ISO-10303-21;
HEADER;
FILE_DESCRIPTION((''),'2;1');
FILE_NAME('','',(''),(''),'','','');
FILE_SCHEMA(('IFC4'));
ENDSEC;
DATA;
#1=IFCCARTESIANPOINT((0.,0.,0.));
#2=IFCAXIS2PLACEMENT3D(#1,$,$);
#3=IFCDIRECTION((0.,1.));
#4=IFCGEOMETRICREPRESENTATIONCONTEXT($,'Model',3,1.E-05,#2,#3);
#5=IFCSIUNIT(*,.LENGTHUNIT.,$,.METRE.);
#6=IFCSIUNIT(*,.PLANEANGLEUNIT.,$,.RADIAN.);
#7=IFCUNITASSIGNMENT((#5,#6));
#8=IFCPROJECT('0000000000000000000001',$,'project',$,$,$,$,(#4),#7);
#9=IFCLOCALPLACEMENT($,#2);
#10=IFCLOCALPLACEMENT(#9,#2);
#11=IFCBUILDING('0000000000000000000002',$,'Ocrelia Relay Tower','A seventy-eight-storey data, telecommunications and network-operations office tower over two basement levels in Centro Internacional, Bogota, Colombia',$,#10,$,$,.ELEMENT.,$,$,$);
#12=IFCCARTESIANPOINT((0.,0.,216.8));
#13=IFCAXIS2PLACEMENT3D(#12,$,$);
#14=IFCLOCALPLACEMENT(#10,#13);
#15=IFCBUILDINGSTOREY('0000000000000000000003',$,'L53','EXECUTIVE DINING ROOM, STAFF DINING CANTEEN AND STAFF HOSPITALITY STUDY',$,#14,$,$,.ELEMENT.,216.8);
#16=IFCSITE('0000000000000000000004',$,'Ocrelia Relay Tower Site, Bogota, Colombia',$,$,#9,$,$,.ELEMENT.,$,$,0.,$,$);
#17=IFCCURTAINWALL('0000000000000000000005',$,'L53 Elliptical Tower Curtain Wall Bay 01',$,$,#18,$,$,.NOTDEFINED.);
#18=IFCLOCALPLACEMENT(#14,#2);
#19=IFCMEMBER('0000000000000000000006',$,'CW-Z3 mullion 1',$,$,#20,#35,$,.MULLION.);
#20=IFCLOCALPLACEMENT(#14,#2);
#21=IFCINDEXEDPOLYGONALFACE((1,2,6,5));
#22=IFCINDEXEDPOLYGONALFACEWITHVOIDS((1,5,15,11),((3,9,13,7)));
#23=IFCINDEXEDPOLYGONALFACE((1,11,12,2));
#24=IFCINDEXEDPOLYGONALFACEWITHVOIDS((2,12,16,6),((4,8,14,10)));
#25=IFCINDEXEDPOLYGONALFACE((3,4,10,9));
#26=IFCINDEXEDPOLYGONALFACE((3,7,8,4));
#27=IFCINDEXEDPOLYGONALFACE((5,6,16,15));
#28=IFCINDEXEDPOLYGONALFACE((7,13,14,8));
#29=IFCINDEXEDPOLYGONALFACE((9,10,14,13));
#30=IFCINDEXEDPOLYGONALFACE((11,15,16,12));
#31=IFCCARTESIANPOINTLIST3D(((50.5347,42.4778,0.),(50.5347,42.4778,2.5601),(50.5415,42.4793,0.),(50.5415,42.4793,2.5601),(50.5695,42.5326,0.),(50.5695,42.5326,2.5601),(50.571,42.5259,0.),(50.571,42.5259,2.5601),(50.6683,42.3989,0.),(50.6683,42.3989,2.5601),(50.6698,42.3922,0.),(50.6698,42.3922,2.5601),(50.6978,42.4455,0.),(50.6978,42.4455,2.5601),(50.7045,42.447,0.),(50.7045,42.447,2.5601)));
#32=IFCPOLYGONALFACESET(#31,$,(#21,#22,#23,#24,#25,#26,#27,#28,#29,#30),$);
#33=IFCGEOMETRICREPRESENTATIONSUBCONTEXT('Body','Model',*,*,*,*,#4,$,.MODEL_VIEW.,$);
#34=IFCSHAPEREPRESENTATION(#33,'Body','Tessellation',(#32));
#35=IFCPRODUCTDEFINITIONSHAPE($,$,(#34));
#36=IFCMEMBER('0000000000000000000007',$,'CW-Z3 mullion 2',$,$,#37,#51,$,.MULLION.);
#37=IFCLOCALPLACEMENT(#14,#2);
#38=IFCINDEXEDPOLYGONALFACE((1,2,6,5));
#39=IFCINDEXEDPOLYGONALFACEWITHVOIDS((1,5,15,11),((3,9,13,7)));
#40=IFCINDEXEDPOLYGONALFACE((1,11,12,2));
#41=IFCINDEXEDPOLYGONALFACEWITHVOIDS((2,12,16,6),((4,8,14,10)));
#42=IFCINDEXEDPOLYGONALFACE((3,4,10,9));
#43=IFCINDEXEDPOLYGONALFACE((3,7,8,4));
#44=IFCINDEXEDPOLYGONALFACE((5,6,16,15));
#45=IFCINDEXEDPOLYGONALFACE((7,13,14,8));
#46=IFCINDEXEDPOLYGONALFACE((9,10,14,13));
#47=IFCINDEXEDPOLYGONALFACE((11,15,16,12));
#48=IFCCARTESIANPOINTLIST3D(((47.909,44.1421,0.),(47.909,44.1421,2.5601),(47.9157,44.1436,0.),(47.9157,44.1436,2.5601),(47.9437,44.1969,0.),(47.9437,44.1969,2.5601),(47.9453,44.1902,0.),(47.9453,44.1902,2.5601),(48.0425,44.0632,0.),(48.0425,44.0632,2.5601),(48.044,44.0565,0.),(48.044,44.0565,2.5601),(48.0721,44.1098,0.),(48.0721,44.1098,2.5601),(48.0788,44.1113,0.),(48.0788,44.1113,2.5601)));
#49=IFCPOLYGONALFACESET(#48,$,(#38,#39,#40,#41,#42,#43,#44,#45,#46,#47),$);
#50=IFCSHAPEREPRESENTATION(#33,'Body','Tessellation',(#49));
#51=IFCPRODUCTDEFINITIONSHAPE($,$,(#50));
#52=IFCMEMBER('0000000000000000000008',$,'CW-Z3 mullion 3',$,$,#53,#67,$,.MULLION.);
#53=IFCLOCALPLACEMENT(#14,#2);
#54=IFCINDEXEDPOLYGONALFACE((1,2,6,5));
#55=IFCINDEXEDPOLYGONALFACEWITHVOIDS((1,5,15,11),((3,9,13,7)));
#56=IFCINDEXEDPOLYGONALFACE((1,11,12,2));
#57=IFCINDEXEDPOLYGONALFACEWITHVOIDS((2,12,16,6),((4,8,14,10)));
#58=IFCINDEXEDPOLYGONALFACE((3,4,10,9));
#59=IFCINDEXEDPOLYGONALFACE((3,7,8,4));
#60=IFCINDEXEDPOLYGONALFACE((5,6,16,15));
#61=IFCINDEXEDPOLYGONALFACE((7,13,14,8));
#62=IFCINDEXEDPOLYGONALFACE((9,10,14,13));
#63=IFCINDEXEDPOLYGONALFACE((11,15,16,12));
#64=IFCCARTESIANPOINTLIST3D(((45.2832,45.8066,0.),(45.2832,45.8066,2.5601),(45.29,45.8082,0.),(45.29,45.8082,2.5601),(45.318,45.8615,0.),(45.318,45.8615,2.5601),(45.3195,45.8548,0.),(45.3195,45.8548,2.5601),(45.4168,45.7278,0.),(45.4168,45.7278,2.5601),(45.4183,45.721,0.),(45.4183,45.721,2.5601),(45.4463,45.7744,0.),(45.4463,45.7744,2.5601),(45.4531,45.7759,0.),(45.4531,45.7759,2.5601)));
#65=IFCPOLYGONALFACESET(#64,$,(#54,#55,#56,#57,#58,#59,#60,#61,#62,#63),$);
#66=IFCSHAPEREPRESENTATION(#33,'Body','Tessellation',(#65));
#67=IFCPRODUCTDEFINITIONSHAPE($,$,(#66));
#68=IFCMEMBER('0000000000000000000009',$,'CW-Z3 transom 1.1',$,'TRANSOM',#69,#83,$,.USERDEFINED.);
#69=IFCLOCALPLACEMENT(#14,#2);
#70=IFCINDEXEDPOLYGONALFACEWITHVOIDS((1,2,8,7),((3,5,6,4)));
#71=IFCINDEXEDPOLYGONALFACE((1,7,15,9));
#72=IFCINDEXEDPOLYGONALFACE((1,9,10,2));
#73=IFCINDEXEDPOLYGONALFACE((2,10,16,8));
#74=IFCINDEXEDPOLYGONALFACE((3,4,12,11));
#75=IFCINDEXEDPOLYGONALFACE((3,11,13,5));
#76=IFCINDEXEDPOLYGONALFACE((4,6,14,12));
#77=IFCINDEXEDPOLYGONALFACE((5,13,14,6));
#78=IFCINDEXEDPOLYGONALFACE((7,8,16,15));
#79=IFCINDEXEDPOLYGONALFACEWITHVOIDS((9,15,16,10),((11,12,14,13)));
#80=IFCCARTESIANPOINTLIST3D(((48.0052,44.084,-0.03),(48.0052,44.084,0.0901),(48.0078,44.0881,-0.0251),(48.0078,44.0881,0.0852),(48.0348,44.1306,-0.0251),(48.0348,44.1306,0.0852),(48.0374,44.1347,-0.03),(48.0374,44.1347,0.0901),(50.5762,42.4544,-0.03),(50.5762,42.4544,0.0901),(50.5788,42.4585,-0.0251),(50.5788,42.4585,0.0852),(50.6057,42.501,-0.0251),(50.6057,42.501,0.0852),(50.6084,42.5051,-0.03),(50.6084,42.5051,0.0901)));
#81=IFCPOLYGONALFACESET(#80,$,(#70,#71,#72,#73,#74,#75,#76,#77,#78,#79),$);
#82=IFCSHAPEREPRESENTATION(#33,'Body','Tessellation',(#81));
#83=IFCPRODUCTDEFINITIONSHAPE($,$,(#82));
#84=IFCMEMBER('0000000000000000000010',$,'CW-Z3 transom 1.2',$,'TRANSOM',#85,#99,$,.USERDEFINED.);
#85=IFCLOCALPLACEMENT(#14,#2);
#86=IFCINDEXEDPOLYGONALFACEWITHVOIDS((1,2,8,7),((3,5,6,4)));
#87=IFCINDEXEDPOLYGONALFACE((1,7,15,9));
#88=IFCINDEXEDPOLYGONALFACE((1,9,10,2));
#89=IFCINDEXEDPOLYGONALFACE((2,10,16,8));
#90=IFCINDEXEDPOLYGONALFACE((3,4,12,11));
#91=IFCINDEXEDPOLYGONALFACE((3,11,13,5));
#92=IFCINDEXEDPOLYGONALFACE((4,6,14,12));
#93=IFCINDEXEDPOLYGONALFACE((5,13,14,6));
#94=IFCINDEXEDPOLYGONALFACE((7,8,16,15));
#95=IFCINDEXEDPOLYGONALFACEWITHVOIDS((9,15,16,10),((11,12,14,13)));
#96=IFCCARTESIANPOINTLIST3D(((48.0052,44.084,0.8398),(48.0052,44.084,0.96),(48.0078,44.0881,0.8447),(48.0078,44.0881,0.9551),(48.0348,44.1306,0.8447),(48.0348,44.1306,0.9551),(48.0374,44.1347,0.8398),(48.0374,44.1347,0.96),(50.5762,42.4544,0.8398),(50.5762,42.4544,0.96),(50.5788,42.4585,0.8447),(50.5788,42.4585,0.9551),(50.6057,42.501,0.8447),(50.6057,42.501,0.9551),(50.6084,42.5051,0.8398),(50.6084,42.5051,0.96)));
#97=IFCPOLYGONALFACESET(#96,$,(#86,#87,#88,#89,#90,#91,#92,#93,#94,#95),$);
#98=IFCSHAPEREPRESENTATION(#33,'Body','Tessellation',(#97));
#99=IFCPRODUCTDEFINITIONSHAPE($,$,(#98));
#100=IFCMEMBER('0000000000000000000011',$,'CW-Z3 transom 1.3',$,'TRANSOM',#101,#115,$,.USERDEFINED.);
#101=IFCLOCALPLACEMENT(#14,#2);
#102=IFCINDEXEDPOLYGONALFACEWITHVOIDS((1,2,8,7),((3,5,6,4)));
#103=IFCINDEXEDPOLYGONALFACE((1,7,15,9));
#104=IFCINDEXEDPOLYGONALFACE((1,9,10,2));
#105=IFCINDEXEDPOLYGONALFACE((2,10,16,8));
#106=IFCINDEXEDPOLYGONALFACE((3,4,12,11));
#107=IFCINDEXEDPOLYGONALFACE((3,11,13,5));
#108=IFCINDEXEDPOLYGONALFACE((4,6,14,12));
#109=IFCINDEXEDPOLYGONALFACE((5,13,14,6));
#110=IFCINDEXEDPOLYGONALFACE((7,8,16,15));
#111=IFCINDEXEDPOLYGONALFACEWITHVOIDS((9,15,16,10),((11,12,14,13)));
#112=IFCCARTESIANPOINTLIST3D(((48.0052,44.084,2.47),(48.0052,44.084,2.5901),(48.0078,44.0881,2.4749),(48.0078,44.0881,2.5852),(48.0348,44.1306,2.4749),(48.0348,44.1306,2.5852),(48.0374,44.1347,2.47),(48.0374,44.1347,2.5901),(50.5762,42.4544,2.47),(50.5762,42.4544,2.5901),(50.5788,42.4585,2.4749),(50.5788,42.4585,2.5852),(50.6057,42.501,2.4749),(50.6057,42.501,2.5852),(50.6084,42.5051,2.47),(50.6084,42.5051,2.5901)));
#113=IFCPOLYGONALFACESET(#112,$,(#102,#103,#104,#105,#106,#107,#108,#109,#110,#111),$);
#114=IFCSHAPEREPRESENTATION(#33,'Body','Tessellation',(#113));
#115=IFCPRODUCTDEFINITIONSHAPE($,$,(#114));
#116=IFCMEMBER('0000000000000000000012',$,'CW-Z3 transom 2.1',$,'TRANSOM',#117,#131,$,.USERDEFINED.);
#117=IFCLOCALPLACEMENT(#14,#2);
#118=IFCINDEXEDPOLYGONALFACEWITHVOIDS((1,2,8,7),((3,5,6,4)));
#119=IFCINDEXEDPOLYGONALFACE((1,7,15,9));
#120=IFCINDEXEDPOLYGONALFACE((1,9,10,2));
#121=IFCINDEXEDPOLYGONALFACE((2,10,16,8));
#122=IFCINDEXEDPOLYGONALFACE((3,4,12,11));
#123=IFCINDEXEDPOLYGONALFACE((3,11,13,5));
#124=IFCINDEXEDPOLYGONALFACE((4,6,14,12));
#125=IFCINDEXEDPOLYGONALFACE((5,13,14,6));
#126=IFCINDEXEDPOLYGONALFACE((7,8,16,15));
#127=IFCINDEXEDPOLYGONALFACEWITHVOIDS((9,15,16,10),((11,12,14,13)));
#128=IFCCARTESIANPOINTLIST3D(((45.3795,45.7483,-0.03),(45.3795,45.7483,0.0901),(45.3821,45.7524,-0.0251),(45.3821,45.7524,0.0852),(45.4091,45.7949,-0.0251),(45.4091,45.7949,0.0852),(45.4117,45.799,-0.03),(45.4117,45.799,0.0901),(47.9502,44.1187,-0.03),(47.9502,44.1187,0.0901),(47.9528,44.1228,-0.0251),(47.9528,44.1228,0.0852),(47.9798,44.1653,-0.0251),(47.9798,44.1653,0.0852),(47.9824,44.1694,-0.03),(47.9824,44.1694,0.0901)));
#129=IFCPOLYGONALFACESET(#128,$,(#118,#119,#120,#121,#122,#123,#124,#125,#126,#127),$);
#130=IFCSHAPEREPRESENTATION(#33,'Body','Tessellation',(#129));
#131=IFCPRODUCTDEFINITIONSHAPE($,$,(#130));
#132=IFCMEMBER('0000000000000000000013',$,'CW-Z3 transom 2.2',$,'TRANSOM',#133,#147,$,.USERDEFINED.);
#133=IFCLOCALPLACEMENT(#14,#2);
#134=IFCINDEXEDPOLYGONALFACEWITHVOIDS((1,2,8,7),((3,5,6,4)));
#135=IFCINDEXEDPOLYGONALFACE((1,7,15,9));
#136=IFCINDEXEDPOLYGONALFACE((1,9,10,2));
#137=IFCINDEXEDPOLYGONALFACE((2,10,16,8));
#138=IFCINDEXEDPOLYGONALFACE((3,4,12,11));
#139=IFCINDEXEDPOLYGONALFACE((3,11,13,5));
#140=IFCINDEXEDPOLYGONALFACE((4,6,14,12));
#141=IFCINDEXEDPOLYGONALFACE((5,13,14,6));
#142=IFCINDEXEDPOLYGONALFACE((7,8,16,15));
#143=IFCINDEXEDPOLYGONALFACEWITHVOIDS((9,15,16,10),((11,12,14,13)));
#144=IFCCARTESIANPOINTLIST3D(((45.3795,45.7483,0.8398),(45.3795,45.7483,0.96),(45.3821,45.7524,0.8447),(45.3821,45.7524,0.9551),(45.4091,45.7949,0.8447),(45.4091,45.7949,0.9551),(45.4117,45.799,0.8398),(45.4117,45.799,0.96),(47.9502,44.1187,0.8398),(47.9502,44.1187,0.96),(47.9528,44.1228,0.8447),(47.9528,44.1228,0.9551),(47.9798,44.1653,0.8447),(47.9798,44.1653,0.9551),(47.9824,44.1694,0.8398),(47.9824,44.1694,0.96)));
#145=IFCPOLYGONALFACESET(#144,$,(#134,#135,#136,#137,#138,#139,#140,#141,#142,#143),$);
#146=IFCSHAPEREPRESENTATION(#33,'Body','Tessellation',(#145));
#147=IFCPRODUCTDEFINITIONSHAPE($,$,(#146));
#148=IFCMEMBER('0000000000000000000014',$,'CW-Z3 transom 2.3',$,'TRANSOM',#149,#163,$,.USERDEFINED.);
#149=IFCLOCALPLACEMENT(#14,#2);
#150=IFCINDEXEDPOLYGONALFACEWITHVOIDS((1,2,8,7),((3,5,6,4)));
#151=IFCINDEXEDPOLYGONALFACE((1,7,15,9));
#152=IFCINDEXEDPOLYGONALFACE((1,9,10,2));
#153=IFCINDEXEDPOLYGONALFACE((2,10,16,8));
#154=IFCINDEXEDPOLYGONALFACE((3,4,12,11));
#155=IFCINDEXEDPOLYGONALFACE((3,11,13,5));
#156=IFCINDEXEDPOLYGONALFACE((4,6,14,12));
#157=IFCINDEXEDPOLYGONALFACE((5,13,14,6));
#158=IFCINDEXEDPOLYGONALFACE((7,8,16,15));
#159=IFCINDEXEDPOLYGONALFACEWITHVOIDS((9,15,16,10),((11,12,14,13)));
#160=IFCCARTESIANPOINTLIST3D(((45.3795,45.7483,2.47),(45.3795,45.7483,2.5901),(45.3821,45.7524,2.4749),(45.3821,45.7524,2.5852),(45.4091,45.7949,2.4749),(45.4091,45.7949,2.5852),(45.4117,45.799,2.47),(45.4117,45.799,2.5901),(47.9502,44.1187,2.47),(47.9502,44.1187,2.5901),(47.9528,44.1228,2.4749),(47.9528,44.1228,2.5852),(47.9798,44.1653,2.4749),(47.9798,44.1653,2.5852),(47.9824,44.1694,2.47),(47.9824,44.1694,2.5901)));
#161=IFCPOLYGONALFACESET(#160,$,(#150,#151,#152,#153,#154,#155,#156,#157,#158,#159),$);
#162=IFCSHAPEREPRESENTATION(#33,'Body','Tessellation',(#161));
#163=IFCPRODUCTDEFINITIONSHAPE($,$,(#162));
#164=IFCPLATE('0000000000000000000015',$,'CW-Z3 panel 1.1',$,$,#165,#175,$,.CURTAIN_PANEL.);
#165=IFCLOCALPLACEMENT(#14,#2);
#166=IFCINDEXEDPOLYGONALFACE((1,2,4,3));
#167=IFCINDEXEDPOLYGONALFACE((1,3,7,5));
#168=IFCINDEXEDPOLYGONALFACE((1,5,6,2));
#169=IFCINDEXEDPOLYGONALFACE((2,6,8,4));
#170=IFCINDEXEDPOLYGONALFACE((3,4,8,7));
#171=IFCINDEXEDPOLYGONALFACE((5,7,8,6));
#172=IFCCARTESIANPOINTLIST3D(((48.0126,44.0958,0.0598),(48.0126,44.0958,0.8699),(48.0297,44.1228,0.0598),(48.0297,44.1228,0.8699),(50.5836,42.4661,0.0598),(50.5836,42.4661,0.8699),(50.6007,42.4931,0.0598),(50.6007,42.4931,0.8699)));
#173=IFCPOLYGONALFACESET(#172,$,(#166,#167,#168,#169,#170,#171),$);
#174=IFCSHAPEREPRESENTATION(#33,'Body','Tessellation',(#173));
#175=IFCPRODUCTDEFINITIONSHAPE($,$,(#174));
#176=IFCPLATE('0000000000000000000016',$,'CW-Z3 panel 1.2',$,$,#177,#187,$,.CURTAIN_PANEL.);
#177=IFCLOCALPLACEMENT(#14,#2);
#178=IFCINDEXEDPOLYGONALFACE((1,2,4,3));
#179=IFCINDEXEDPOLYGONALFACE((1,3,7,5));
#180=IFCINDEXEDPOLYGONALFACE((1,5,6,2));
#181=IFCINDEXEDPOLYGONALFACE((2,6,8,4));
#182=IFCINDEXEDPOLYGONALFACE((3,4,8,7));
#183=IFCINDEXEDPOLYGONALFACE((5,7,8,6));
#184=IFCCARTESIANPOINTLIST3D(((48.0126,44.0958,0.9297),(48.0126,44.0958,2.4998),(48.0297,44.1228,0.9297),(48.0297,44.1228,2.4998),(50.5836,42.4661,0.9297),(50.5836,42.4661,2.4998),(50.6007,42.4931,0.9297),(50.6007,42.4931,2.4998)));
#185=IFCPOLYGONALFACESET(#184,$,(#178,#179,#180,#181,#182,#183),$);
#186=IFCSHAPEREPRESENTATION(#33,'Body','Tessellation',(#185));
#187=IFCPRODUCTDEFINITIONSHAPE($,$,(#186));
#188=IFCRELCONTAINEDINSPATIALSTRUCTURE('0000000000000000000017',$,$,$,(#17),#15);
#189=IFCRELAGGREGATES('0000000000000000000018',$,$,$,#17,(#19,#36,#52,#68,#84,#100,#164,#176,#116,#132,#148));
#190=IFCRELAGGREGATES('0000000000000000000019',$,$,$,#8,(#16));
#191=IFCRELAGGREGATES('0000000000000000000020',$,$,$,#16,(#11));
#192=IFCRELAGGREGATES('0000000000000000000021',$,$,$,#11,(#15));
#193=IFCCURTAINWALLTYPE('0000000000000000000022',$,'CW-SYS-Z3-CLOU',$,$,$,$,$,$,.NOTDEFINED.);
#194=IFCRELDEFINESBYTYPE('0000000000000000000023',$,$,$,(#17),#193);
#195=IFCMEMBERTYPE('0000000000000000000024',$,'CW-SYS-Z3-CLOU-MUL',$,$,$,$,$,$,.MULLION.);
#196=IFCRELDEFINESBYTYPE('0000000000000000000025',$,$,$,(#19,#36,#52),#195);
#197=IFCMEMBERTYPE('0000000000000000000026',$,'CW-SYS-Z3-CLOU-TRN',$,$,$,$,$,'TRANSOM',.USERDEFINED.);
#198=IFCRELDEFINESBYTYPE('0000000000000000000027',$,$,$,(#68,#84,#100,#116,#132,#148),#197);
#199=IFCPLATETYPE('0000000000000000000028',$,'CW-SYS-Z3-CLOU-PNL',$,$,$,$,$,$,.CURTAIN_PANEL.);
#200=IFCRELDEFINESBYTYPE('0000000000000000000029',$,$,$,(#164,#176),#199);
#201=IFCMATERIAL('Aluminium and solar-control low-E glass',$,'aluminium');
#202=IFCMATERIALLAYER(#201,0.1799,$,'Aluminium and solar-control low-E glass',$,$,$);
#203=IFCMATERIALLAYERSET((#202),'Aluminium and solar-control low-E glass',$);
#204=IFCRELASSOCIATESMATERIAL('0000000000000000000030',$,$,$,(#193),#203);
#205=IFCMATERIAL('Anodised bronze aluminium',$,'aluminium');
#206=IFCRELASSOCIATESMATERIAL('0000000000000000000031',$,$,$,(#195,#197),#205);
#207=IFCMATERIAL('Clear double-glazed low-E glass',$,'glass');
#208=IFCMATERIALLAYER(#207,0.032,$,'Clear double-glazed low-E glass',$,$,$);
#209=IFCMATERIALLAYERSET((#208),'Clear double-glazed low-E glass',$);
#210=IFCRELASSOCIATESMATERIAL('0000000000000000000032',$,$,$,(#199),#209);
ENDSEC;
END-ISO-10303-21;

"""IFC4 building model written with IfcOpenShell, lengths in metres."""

from ifc_helpers import new_model, si_unit, direction, frame, origin, origin_2d, place, context, subcontext, project, spatial, rectangle, hollow_rectangle, extrude, material, layer, layer_set, material_profile, profile_set, type_object, element, aggregate, save


model = new_model("IFC4")

# Units and contexts
model_context = context("Model", 3, precision=1e-05, world=origin(), true_north=direction((0.0, 1.0)))
body_context = subcontext(model_context, "Body", "Model", "MODEL_VIEW")
ifc_project = project(units=[si_unit("LENGTHUNIT", "METRE"), si_unit("PLANEANGLEUNIT", "RADIAN")], contexts=[model_context])

# Site, building, storey
site_placement = place(None, origin())
site = spatial("IfcSite", under=ifc_project, at=site_placement, Name="Ocrelia Relay Tower Site, Bogota, Colombia", CompositionType="ELEMENT", RefElevation=0.0)
building_placement = place(site_placement, origin())
building = spatial("IfcBuilding", under=site, at=building_placement, Name="Ocrelia Relay Tower", Description="A seventy-eight-storey data, telecommunications and network-operations office tower over two basement levels in Centro Internacional, Bogota, Colombia", CompositionType="ELEMENT")
storey_placement = place(building_placement, frame((0.0, 0.0, 216.8)))
storey = spatial("IfcBuildingStorey", under=building, at=storey_placement, Name="L53", Description="EXECUTIVE DINING ROOM, STAFF DINING CANTEEN AND STAFF HOSPITALITY STUDY", CompositionType="ELEMENT", Elevation=216.8)

# Curtain wall, members, plates
ifc_material_1 = material(Name="Aluminium and solar-control low-E glass", Category="aluminium")
ifc_layer_1 = layer(ifc_material_1, 0.1799, Name="Aluminium and solar-control low-E glass")
ifc_layer_set_1 = layer_set([ifc_layer_1], Name="Aluminium and solar-control low-E glass")
curtain_wall_type = type_object("IfcCurtainWallType", Name="CW-SYS-Z3-CLOU", PredefinedType="NOTDEFINED", material=ifc_layer_set_1)
curtain_wall_placement = place(storey_placement, origin())
curtain_wall = element("IfcCurtainWall", 1, at=curtain_wall_placement, inside=storey, type_object=curtain_wall_type, Name="L53 Elliptical Tower Curtain Wall Bay 01", PredefinedType="NOTDEFINED")
ifc_material_2 = material(Name="Anodised bronze aluminium", Category="aluminium")
ifc_material_profile_1 = material_profile(ifc_material_2, hollow_rectangle(XDim=0.0649, YDim=0.1599, WallThickness=0.0049, at=origin_2d()), Name="CW-MUL-160x65")
ifc_profile_set_1 = profile_set([ifc_material_profile_1], Name="Anodised bronze aluminium")
member_type_1 = type_object("IfcMemberType", Name="CW-SYS-Z3-CLOU-MUL", PredefinedType="MULLION", material=ifc_profile_set_1)
member_1_placement = place(storey_placement, frame((50.6196, 42.4624, 0.0), z_axis=(0.0, 0.0, 1.0), x_axis=(-0.535383, -0.844609, 0.0)))
member_1 = element("IfcMember", 2, at=member_1_placement, type_object=member_type_1, Name="CW-Z3 mullion 1", PredefinedType="MULLION", context=body_context, shape_type="SweptSolid", body=[
    extrude(hollow_rectangle(XDim=0.0649, YDim=0.1599, WallThickness=0.0049, at=origin_2d()), origin(), (0.0, 0.0, 1.0), 2.5601),
])
member_2_placement = place(storey_placement, frame((47.9939, 44.1267, 0.0), z_axis=(0.0, 0.0, 1.0), x_axis=(-0.535383, -0.844609, 0.0)))
member_2 = element("IfcMember", 3, at=member_2_placement, type_object=member_type_1, Name="CW-Z3 mullion 2", PredefinedType="MULLION", context=body_context, shape_type="SweptSolid", body=[
    extrude(hollow_rectangle(XDim=0.0649, YDim=0.1599, WallThickness=0.0049, at=origin_2d()), origin(), (0.0, 0.0, 1.0), 2.5601),
])
member_3_placement = place(storey_placement, frame((45.3682, 45.7913, 0.0), z_axis=(0.0, 0.0, 1.0), x_axis=(-0.535383, -0.844609, 0.0)))
member_3 = element("IfcMember", 4, at=member_3_placement, type_object=member_type_1, Name="CW-Z3 mullion 3", PredefinedType="MULLION", context=body_context, shape_type="SweptSolid", body=[
    extrude(hollow_rectangle(XDim=0.0649, YDim=0.1599, WallThickness=0.0049, at=origin_2d()), origin(), (0.0, 0.0, 1.0), 2.5601),
])
ifc_material_profile_2 = material_profile(ifc_material_2, hollow_rectangle(XDim=0.0601, YDim=0.1201, WallThickness=0.0049, at=origin_2d()), Name="CW-TRN-120x60")
ifc_profile_set_2 = profile_set([ifc_material_profile_2], Name="Anodised bronze aluminium")
member_type_2 = type_object("IfcMemberType", Name="CW-SYS-Z3-CLOU-TRN", ElementType="TRANSOM", PredefinedType="USERDEFINED", material=ifc_profile_set_2)
member_4_placement = place(storey_placement, frame((50.5923, 42.4797, 0.03), z_axis=(-0.844624, 0.535359, 0.0), x_axis=(-0.535359, -0.844624, 0.0)))
member_4 = element("IfcMember", 5, at=member_4_placement, type_object=member_type_2, Name="CW-Z3 transom 1.1", ObjectType="TRANSOM", PredefinedType="USERDEFINED", context=body_context, shape_type="SweptSolid", body=[
    extrude(hollow_rectangle(XDim=0.0601, YDim=0.1201, WallThickness=0.0049, at=origin_2d()), origin(), (0.0, 0.0, 1.0), 3.0439),
])
member_5_placement = place(storey_placement, frame((50.5923, 42.4797, 0.8999), z_axis=(-0.844624, 0.535359, 0.0), x_axis=(-0.535359, -0.844624, 0.0)))
member_5 = element("IfcMember", 6, at=member_5_placement, type_object=member_type_2, Name="CW-Z3 transom 1.2", ObjectType="TRANSOM", PredefinedType="USERDEFINED", context=body_context, shape_type="SweptSolid", body=[
    extrude(hollow_rectangle(XDim=0.0601, YDim=0.1201, WallThickness=0.0049, at=origin_2d()), origin(), (0.0, 0.0, 1.0), 3.0439),
])
member_6_placement = place(storey_placement, frame((50.5923, 42.4797, 2.53), z_axis=(-0.844624, 0.535359, 0.0), x_axis=(-0.535359, -0.844624, 0.0)))
member_6 = element("IfcMember", 7, at=member_6_placement, type_object=member_type_2, Name="CW-Z3 transom 1.3", ObjectType="TRANSOM", PredefinedType="USERDEFINED", context=body_context, shape_type="SweptSolid", body=[
    extrude(hollow_rectangle(XDim=0.0601, YDim=0.1201, WallThickness=0.0049, at=origin_2d()), origin(), (0.0, 0.0, 1.0), 3.0439),
])
member_7_placement = place(storey_placement, frame((47.9663, 44.144, 0.03), z_axis=(-0.844601, 0.535396, 0.0), x_axis=(-0.535396, -0.844601, 0.0)))
member_7 = element("IfcMember", 8, at=member_7_placement, type_object=member_type_2, Name="CW-Z3 transom 2.1", ObjectType="TRANSOM", PredefinedType="USERDEFINED", context=body_context, shape_type="SweptSolid", body=[
    extrude(hollow_rectangle(XDim=0.0601, YDim=0.1201, WallThickness=0.0049, at=origin_2d()), origin(), (0.0, 0.0, 1.0), 3.0437),
])
member_8_placement = place(storey_placement, frame((47.9663, 44.144, 0.8999), z_axis=(-0.844601, 0.535396, 0.0), x_axis=(-0.535396, -0.844601, 0.0)))
member_8 = element("IfcMember", 9, at=member_8_placement, type_object=member_type_2, Name="CW-Z3 transom 2.2", ObjectType="TRANSOM", PredefinedType="USERDEFINED", context=body_context, shape_type="SweptSolid", body=[
    extrude(hollow_rectangle(XDim=0.0601, YDim=0.1201, WallThickness=0.0049, at=origin_2d()), origin(), (0.0, 0.0, 1.0), 3.0437),
])
member_9_placement = place(storey_placement, frame((47.9663, 44.144, 2.53), z_axis=(-0.844601, 0.535396, 0.0), x_axis=(-0.535396, -0.844601, 0.0)))
member_9 = element("IfcMember", 10, at=member_9_placement, type_object=member_type_2, Name="CW-Z3 transom 2.3", ObjectType="TRANSOM", PredefinedType="USERDEFINED", context=body_context, shape_type="SweptSolid", body=[
    extrude(hollow_rectangle(XDim=0.0601, YDim=0.1201, WallThickness=0.0049, at=origin_2d()), origin(), (0.0, 0.0, 1.0), 3.0437),
])
ifc_material_3 = material(Name="Clear double-glazed low-E glass", Category="glass")
ifc_layer_2 = layer(ifc_material_3, 0.032, Name="Clear double-glazed low-E glass")
ifc_layer_set_2 = layer_set([ifc_layer_2], Name="Clear double-glazed low-E glass")
plate_type = type_object("IfcPlateType", Name="CW-SYS-Z3-CLOU-PNL", PredefinedType="CURTAIN_PANEL", material=ifc_layer_set_2)
plate_1_placement = place(storey_placement, frame((49.3066, 43.2944, 0.0598), z_axis=(0.0, 0.0, 1.0), x_axis=(-0.844609, 0.535383, 0.0)))
plate_1 = element("IfcPlate", 11, at=plate_1_placement, type_object=plate_type, Name="CW-Z3 panel 1.1", PredefinedType="CURTAIN_PANEL", context=body_context, shape_type="SweptSolid", body=[
    extrude(rectangle(XDim=3.0439, YDim=0.032, at=origin_2d()), origin(), (0.0, 0.0, 1.0), 0.8101),
])
plate_2_placement = place(storey_placement, frame((49.3066, 43.2944, 0.9297), z_axis=(0.0, 0.0, 1.0), x_axis=(-0.844609, 0.535383, 0.0)))
plate_2 = element("IfcPlate", 12, at=plate_2_placement, type_object=plate_type, Name="CW-Z3 panel 1.2", PredefinedType="CURTAIN_PANEL", context=body_context, shape_type="SweptSolid", body=[
    extrude(rectangle(XDim=3.0439, YDim=0.032, at=origin_2d()), origin(), (0.0, 0.0, 1.0), 1.5701),
])
aggregate(curtain_wall, [member_1, member_2, member_3, member_4, member_5, member_6, plate_1, plate_2, member_7, member_8, member_9])

save(model, "model.ifc")
